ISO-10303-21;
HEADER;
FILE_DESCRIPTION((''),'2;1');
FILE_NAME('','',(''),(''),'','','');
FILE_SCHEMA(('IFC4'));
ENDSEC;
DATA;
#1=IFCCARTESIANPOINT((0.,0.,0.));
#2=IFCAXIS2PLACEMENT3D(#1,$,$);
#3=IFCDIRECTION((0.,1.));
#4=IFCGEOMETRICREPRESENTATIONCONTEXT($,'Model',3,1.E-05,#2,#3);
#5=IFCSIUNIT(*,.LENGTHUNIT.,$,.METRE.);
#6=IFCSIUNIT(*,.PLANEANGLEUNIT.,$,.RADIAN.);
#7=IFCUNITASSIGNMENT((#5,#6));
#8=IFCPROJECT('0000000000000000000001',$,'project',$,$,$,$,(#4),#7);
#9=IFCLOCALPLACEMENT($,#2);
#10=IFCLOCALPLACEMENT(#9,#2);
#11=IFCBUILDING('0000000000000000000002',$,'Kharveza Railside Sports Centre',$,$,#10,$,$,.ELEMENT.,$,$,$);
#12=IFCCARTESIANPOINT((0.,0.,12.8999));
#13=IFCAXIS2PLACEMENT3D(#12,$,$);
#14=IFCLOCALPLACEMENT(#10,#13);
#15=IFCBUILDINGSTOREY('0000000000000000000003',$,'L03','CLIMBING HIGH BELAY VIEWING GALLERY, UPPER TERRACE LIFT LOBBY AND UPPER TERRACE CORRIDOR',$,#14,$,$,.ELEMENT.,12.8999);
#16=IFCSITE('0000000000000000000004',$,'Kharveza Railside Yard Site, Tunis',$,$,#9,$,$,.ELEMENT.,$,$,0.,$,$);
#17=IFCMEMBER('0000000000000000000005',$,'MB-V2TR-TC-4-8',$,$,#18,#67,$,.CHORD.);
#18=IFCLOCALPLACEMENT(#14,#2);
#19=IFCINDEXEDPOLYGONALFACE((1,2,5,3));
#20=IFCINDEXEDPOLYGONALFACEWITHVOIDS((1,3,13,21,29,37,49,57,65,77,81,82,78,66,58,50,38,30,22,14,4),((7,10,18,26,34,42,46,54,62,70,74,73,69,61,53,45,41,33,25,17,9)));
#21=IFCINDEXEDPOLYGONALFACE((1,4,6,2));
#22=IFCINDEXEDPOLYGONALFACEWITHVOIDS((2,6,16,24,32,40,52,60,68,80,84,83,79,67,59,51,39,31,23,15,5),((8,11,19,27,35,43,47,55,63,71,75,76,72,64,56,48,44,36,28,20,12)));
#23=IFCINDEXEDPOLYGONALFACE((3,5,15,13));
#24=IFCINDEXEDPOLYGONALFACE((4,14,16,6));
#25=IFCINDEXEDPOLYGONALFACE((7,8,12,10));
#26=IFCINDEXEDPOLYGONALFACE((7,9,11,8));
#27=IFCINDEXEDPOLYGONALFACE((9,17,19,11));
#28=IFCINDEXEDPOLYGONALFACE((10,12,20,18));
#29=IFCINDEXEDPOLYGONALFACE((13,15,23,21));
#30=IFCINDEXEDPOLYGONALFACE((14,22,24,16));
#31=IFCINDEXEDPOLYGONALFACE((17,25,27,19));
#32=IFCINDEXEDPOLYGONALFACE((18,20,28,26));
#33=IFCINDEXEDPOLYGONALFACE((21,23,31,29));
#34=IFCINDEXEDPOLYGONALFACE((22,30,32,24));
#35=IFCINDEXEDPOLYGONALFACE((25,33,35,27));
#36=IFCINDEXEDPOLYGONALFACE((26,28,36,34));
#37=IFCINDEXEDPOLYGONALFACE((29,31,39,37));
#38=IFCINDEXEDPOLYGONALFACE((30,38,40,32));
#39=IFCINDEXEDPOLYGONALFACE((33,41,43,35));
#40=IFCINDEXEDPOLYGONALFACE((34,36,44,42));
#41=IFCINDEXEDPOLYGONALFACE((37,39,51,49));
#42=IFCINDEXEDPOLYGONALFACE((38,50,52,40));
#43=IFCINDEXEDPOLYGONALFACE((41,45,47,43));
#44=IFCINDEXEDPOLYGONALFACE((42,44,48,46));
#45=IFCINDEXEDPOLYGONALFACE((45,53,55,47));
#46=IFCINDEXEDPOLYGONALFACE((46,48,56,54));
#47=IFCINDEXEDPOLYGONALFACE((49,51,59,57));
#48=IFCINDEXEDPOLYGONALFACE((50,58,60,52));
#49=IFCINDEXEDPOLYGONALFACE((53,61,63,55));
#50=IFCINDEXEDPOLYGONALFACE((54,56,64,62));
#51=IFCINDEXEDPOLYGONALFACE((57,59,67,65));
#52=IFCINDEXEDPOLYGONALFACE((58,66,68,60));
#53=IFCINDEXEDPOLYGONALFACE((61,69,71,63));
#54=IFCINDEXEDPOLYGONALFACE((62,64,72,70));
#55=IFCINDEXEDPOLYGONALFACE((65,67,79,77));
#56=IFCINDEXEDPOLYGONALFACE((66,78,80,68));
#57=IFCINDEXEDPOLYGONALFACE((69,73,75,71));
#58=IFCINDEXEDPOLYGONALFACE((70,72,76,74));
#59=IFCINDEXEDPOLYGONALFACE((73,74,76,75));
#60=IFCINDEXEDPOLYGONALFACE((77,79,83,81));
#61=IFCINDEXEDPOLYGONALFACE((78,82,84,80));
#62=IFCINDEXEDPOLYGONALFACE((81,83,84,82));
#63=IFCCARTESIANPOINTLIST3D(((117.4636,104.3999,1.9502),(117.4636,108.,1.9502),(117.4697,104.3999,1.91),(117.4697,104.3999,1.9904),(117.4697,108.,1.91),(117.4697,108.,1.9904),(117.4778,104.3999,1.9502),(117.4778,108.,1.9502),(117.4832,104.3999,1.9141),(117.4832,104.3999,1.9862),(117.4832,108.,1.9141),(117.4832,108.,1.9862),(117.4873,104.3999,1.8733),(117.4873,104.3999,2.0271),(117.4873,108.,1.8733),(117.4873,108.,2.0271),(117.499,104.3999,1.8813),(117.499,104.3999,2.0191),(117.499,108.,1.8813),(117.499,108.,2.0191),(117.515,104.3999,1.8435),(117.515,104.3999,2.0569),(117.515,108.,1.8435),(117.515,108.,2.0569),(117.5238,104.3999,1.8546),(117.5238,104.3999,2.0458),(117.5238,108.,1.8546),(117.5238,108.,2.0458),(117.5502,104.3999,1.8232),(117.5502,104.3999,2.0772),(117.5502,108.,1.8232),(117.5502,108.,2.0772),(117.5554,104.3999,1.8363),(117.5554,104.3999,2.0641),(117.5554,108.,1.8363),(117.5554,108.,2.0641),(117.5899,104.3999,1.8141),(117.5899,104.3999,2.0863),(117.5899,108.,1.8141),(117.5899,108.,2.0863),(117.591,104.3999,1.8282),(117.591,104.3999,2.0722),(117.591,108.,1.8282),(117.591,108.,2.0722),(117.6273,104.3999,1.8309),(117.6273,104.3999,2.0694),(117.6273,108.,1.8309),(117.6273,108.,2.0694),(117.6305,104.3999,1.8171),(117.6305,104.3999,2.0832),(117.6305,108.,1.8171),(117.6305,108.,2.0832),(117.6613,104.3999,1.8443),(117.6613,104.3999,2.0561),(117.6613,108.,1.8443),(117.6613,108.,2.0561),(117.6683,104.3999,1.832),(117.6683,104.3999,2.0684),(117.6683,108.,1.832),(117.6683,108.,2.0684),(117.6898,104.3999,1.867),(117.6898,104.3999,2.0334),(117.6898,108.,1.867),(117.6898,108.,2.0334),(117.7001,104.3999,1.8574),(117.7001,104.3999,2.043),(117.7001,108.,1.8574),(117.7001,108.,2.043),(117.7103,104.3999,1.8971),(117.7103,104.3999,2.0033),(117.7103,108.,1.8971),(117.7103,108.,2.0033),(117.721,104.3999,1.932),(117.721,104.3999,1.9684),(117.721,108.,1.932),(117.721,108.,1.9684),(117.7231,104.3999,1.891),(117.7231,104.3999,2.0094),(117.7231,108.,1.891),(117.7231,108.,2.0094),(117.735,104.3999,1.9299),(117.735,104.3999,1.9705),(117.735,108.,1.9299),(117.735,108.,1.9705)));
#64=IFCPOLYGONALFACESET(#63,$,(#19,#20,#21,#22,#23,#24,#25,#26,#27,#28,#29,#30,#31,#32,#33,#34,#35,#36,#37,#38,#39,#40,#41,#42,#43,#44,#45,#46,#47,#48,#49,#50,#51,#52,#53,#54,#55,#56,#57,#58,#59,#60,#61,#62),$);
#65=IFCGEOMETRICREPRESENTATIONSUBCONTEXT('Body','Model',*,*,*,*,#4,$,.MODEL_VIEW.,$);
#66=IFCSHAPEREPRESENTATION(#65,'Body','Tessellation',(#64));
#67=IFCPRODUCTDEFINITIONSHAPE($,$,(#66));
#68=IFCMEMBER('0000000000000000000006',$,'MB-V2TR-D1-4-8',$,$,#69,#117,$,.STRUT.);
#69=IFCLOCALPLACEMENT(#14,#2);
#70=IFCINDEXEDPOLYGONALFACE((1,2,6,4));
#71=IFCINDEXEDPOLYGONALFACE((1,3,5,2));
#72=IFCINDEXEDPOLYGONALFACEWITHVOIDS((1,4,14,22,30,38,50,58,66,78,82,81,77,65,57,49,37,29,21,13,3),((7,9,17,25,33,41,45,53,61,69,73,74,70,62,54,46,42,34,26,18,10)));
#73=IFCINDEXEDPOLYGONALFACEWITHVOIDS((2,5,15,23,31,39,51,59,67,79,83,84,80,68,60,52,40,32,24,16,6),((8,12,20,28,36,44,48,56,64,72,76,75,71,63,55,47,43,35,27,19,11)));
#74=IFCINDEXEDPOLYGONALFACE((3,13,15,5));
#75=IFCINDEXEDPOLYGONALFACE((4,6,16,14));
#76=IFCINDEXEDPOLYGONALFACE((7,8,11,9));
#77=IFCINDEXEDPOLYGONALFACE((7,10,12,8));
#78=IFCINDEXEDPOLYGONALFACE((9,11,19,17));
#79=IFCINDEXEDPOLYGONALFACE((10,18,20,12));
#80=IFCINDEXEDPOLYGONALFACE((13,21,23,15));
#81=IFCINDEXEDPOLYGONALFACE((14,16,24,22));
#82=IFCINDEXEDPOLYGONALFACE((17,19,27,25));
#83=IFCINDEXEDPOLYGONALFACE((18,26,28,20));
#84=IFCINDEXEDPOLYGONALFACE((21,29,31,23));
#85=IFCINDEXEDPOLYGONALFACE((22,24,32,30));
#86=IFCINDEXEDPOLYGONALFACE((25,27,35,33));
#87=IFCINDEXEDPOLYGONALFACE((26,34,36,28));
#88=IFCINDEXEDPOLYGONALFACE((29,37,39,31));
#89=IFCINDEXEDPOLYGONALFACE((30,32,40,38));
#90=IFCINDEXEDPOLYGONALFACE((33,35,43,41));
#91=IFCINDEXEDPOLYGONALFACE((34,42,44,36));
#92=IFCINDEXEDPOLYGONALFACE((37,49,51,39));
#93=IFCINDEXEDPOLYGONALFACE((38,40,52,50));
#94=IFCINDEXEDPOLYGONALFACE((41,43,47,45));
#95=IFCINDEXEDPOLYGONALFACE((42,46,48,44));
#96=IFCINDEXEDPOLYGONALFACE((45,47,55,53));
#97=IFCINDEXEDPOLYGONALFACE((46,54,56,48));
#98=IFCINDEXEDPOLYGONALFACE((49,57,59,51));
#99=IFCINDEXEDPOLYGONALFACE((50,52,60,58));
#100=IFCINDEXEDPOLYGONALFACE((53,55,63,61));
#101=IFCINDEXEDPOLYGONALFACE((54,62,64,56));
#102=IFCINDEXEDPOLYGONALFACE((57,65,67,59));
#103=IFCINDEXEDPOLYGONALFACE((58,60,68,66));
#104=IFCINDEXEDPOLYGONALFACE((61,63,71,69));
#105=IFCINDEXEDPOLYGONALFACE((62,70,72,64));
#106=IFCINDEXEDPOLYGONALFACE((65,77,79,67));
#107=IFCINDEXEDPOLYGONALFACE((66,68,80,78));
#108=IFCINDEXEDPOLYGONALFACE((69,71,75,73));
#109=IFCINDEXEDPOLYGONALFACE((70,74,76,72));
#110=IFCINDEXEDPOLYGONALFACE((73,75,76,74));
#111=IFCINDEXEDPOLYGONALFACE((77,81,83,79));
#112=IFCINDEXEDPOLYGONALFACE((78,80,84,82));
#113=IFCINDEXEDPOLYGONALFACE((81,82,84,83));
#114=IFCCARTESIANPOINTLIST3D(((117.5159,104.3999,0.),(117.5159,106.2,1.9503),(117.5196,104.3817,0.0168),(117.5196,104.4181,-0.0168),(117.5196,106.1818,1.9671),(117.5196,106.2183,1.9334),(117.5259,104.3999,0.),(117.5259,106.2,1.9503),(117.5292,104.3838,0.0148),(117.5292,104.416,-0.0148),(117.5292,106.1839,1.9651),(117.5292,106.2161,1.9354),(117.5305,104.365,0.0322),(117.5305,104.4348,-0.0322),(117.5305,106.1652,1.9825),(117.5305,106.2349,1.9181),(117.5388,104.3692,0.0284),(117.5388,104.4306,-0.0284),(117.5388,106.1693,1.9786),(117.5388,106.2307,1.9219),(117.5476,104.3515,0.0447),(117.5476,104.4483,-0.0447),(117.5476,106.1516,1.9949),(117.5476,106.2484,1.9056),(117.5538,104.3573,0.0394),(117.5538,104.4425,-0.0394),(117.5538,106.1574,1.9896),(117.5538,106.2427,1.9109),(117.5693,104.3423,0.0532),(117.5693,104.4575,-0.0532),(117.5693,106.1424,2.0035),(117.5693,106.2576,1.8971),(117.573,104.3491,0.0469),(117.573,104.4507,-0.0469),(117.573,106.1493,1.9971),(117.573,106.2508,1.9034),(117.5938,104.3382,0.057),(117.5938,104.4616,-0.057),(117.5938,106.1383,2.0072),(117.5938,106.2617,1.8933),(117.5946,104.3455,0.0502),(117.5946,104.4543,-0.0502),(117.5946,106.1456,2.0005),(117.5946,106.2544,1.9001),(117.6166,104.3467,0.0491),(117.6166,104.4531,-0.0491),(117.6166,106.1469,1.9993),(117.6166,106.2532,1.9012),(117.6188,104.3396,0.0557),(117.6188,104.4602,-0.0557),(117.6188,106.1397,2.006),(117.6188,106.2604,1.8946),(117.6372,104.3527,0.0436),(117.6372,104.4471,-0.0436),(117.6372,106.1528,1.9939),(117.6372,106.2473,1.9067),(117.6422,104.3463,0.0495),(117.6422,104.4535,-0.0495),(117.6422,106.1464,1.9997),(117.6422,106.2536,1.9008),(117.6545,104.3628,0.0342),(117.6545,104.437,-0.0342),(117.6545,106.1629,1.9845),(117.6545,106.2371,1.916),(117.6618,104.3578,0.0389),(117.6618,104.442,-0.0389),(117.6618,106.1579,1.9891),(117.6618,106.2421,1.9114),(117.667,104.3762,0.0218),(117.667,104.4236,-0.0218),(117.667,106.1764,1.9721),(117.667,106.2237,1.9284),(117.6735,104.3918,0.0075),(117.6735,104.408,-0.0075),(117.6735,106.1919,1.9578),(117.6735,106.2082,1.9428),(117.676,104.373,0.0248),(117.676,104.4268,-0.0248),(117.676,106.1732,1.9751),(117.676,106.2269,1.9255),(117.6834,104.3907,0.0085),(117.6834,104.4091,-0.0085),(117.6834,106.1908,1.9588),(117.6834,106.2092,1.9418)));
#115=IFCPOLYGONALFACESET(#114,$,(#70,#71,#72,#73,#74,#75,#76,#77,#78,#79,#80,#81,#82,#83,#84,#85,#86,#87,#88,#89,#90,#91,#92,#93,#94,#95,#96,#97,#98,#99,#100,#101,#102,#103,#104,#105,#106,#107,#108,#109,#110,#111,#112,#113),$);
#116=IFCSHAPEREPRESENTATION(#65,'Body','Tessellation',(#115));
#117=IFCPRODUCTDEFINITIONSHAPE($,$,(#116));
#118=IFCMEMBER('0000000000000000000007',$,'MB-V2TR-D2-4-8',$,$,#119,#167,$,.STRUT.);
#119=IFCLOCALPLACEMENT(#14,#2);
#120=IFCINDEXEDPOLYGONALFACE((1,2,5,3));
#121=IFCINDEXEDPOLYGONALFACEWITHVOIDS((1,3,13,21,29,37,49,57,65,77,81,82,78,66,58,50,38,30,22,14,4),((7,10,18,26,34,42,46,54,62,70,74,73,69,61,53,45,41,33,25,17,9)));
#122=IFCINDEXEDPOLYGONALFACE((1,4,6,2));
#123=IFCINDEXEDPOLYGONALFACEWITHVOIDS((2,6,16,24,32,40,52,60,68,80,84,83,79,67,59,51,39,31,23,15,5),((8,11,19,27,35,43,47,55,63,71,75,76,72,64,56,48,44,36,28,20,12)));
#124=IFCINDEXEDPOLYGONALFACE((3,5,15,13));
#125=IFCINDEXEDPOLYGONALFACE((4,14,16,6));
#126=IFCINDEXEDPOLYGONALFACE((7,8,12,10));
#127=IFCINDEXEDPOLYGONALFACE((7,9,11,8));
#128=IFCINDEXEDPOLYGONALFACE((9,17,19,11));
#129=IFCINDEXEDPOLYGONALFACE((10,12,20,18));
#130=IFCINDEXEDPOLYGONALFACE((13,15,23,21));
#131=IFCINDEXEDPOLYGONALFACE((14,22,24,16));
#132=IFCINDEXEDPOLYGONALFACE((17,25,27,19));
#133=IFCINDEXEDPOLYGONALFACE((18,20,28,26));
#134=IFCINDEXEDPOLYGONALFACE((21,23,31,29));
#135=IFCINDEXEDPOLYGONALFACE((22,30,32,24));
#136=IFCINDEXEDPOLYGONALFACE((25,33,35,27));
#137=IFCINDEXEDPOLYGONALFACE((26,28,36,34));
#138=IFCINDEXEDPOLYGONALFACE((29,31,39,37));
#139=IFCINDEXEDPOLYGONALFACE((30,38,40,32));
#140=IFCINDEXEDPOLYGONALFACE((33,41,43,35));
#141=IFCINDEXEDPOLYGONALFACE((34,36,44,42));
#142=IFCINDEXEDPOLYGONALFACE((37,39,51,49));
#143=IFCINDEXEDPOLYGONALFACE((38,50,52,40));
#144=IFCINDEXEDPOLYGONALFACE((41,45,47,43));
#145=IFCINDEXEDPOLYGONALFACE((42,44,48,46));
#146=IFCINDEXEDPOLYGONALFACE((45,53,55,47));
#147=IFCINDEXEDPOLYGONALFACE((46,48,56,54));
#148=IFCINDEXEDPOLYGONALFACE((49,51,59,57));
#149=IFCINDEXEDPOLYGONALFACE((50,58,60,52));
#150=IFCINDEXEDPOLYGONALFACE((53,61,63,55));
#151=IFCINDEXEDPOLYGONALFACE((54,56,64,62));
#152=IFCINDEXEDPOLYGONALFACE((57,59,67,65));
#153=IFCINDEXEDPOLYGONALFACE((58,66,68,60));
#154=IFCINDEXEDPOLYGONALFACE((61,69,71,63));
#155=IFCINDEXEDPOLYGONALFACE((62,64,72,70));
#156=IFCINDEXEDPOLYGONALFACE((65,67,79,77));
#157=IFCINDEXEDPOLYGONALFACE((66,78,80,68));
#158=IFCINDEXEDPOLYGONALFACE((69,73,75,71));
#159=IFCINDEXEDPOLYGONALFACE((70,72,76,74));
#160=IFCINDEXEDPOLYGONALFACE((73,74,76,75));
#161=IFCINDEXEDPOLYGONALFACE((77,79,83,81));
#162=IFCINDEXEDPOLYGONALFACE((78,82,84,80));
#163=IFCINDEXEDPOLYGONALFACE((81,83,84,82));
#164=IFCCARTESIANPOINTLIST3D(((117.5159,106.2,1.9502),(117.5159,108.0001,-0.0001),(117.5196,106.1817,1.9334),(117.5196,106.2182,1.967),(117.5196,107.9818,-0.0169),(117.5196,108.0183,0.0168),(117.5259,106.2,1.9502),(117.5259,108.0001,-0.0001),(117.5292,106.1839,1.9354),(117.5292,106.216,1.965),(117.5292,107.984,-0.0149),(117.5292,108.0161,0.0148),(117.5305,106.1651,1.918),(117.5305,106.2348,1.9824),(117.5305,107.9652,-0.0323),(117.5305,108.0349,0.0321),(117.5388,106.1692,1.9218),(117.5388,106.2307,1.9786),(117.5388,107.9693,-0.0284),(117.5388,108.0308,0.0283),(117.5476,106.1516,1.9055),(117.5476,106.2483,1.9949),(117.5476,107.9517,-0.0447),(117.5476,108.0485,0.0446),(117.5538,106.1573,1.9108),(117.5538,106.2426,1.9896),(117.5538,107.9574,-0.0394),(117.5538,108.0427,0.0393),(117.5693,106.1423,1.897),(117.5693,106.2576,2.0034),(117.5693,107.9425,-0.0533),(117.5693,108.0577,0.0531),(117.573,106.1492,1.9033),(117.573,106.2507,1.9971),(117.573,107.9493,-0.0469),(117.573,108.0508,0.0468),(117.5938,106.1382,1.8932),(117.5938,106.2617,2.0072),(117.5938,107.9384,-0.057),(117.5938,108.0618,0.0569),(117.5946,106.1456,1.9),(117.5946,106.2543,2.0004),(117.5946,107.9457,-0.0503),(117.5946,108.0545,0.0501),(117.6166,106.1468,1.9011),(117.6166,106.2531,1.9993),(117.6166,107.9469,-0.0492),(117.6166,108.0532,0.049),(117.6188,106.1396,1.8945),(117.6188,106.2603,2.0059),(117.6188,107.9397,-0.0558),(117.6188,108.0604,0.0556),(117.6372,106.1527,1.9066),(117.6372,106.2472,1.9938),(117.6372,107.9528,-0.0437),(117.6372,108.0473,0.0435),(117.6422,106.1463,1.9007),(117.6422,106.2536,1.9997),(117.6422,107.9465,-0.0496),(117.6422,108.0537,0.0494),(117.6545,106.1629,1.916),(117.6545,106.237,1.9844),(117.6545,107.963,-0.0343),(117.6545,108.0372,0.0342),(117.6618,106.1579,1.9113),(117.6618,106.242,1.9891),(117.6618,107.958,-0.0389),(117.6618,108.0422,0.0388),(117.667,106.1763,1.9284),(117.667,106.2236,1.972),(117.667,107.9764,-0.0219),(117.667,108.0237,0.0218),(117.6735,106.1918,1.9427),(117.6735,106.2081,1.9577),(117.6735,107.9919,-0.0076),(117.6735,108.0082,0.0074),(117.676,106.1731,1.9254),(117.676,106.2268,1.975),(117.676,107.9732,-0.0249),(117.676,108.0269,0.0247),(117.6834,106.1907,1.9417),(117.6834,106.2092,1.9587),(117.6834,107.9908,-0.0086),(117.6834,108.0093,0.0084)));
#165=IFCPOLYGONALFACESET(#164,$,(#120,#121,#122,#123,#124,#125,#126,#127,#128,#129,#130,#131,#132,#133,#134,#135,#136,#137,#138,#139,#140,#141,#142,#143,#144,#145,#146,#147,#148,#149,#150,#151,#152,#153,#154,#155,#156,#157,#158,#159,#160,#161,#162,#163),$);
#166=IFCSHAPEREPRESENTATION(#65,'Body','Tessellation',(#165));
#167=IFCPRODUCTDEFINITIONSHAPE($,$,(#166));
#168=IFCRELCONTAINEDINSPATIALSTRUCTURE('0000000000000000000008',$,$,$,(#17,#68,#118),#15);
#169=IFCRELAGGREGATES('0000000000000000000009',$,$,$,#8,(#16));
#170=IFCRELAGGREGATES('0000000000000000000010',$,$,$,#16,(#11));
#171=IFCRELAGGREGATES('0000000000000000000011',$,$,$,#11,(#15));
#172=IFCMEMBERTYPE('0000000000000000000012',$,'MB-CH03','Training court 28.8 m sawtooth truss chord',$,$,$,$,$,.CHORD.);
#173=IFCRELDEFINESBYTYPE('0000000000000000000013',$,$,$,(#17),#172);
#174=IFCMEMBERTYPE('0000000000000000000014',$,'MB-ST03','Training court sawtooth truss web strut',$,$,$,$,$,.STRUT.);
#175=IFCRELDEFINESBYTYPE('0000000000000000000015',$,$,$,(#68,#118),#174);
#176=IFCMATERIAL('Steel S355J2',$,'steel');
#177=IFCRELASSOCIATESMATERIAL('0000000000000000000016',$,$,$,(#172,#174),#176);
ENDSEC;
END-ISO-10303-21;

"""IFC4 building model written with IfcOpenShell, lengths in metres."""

from ifc_helpers import new_model, si_unit, direction, frame, origin, origin_2d, place, context, subcontext, project, spatial, hollow_circle, extrude, material, material_profile, profile_set, type_object, element, save


model = new_model("IFC4")

# Units and contexts
model_context = context("Model", 3, precision=1e-05, world=origin(), true_north=direction((0.0, 1.0)))
body_context = subcontext(model_context, "Body", "Model", "MODEL_VIEW")
ifc_project = project(units=[si_unit("LENGTHUNIT", "METRE"), si_unit("PLANEANGLEUNIT", "RADIAN")], contexts=[model_context])

# Site, building, storey
site_placement = place(None, origin())
site = spatial("IfcSite", under=ifc_project, at=site_placement, Name="Kharveza Railside Yard Site, Tunis", CompositionType="ELEMENT", RefElevation=0.0)
building_placement = place(site_placement, origin())
building = spatial("IfcBuilding", under=site, at=building_placement, Name="Kharveza Railside Sports Centre", CompositionType="ELEMENT")
storey_placement = place(building_placement, frame((0.0, 0.0, 12.8999)))
storey = spatial("IfcBuildingStorey", under=building, at=storey_placement, Name="L03", Description="CLIMBING HIGH BELAY VIEWING GALLERY, UPPER TERRACE LIFT LOBBY AND UPPER TERRACE CORRIDOR", CompositionType="ELEMENT", Elevation=12.8999)

# Shared definitions
ifc_material_1 = material(Name="Steel S355J2", Category="steel")

# Members
ifc_material_profile_1 = material_profile(ifc_material_1, hollow_circle(Radius=0.1365, WallThickness=0.0142, at=origin_2d()), Name="CHS 273.0x14.2")
ifc_profile_set_1 = profile_set([ifc_material_profile_1], Name="Steel S355J2")
member_type_1 = type_object("IfcMemberType", Name="MB-CH03", Description="Training court 28.8 m sawtooth truss chord", PredefinedType="CHORD", material=ifc_profile_set_1)
for number, where, z_axis, x_axis, name in (
    (1, (117.6001, 104.3999, 1.9502), (0.0, 1.0, 0.0), (-1.0, 0.0, 0.0), "MB-V2TR-TC-4-8"),
):
    element("IfcMember", number, at=place(storey_placement, frame(where, z_axis=z_axis, x_axis=x_axis)), inside=storey, type_object=member_type_1, Name=name, PredefinedType="CHORD", context=body_context, shape_type="SweptSolid", body=[
        extrude(hollow_circle(Radius=0.1365, WallThickness=0.0142, at=origin_2d()), origin(), (0.0, 0.0, 1.0), 3.6001),
    ])
ifc_material_profile_2 = material_profile(ifc_material_1, hollow_circle(Radius=0.0842, WallThickness=0.01, at=origin_2d()), Name="CHS 168.3x10.0")
ifc_profile_set_2 = profile_set([ifc_material_profile_2], Name="Steel S355J2")
member_type_2 = type_object("IfcMemberType", Name="MB-ST03", Description="Training court sawtooth truss web strut", PredefinedType="STRUT", material=ifc_profile_set_2)
for number, where, z_axis, x_axis, name in (
    (2, (117.6001, 104.3999, 0.0), (0.0, 0.678253, 0.734828), (-1.0, 0.0, 0.0), "MB-V2TR-D1-4-8"),
    (3, (117.6001, 106.2, 1.9502), (0.0, 0.678253, -0.734828), (-1.0, 0.0, 0.0), "MB-V2TR-D2-4-8"),
):
    element("IfcMember", number, at=place(storey_placement, frame(where, z_axis=z_axis, x_axis=x_axis)), inside=storey, type_object=member_type_2, Name=name, PredefinedType="STRUT", context=body_context, shape_type="SweptSolid", body=[
        extrude(hollow_circle(Radius=0.0842, WallThickness=0.01, at=origin_2d()), origin(), (0.0, 0.0, 1.0), 2.6541),
    ])

save(model, "model.ifc")
